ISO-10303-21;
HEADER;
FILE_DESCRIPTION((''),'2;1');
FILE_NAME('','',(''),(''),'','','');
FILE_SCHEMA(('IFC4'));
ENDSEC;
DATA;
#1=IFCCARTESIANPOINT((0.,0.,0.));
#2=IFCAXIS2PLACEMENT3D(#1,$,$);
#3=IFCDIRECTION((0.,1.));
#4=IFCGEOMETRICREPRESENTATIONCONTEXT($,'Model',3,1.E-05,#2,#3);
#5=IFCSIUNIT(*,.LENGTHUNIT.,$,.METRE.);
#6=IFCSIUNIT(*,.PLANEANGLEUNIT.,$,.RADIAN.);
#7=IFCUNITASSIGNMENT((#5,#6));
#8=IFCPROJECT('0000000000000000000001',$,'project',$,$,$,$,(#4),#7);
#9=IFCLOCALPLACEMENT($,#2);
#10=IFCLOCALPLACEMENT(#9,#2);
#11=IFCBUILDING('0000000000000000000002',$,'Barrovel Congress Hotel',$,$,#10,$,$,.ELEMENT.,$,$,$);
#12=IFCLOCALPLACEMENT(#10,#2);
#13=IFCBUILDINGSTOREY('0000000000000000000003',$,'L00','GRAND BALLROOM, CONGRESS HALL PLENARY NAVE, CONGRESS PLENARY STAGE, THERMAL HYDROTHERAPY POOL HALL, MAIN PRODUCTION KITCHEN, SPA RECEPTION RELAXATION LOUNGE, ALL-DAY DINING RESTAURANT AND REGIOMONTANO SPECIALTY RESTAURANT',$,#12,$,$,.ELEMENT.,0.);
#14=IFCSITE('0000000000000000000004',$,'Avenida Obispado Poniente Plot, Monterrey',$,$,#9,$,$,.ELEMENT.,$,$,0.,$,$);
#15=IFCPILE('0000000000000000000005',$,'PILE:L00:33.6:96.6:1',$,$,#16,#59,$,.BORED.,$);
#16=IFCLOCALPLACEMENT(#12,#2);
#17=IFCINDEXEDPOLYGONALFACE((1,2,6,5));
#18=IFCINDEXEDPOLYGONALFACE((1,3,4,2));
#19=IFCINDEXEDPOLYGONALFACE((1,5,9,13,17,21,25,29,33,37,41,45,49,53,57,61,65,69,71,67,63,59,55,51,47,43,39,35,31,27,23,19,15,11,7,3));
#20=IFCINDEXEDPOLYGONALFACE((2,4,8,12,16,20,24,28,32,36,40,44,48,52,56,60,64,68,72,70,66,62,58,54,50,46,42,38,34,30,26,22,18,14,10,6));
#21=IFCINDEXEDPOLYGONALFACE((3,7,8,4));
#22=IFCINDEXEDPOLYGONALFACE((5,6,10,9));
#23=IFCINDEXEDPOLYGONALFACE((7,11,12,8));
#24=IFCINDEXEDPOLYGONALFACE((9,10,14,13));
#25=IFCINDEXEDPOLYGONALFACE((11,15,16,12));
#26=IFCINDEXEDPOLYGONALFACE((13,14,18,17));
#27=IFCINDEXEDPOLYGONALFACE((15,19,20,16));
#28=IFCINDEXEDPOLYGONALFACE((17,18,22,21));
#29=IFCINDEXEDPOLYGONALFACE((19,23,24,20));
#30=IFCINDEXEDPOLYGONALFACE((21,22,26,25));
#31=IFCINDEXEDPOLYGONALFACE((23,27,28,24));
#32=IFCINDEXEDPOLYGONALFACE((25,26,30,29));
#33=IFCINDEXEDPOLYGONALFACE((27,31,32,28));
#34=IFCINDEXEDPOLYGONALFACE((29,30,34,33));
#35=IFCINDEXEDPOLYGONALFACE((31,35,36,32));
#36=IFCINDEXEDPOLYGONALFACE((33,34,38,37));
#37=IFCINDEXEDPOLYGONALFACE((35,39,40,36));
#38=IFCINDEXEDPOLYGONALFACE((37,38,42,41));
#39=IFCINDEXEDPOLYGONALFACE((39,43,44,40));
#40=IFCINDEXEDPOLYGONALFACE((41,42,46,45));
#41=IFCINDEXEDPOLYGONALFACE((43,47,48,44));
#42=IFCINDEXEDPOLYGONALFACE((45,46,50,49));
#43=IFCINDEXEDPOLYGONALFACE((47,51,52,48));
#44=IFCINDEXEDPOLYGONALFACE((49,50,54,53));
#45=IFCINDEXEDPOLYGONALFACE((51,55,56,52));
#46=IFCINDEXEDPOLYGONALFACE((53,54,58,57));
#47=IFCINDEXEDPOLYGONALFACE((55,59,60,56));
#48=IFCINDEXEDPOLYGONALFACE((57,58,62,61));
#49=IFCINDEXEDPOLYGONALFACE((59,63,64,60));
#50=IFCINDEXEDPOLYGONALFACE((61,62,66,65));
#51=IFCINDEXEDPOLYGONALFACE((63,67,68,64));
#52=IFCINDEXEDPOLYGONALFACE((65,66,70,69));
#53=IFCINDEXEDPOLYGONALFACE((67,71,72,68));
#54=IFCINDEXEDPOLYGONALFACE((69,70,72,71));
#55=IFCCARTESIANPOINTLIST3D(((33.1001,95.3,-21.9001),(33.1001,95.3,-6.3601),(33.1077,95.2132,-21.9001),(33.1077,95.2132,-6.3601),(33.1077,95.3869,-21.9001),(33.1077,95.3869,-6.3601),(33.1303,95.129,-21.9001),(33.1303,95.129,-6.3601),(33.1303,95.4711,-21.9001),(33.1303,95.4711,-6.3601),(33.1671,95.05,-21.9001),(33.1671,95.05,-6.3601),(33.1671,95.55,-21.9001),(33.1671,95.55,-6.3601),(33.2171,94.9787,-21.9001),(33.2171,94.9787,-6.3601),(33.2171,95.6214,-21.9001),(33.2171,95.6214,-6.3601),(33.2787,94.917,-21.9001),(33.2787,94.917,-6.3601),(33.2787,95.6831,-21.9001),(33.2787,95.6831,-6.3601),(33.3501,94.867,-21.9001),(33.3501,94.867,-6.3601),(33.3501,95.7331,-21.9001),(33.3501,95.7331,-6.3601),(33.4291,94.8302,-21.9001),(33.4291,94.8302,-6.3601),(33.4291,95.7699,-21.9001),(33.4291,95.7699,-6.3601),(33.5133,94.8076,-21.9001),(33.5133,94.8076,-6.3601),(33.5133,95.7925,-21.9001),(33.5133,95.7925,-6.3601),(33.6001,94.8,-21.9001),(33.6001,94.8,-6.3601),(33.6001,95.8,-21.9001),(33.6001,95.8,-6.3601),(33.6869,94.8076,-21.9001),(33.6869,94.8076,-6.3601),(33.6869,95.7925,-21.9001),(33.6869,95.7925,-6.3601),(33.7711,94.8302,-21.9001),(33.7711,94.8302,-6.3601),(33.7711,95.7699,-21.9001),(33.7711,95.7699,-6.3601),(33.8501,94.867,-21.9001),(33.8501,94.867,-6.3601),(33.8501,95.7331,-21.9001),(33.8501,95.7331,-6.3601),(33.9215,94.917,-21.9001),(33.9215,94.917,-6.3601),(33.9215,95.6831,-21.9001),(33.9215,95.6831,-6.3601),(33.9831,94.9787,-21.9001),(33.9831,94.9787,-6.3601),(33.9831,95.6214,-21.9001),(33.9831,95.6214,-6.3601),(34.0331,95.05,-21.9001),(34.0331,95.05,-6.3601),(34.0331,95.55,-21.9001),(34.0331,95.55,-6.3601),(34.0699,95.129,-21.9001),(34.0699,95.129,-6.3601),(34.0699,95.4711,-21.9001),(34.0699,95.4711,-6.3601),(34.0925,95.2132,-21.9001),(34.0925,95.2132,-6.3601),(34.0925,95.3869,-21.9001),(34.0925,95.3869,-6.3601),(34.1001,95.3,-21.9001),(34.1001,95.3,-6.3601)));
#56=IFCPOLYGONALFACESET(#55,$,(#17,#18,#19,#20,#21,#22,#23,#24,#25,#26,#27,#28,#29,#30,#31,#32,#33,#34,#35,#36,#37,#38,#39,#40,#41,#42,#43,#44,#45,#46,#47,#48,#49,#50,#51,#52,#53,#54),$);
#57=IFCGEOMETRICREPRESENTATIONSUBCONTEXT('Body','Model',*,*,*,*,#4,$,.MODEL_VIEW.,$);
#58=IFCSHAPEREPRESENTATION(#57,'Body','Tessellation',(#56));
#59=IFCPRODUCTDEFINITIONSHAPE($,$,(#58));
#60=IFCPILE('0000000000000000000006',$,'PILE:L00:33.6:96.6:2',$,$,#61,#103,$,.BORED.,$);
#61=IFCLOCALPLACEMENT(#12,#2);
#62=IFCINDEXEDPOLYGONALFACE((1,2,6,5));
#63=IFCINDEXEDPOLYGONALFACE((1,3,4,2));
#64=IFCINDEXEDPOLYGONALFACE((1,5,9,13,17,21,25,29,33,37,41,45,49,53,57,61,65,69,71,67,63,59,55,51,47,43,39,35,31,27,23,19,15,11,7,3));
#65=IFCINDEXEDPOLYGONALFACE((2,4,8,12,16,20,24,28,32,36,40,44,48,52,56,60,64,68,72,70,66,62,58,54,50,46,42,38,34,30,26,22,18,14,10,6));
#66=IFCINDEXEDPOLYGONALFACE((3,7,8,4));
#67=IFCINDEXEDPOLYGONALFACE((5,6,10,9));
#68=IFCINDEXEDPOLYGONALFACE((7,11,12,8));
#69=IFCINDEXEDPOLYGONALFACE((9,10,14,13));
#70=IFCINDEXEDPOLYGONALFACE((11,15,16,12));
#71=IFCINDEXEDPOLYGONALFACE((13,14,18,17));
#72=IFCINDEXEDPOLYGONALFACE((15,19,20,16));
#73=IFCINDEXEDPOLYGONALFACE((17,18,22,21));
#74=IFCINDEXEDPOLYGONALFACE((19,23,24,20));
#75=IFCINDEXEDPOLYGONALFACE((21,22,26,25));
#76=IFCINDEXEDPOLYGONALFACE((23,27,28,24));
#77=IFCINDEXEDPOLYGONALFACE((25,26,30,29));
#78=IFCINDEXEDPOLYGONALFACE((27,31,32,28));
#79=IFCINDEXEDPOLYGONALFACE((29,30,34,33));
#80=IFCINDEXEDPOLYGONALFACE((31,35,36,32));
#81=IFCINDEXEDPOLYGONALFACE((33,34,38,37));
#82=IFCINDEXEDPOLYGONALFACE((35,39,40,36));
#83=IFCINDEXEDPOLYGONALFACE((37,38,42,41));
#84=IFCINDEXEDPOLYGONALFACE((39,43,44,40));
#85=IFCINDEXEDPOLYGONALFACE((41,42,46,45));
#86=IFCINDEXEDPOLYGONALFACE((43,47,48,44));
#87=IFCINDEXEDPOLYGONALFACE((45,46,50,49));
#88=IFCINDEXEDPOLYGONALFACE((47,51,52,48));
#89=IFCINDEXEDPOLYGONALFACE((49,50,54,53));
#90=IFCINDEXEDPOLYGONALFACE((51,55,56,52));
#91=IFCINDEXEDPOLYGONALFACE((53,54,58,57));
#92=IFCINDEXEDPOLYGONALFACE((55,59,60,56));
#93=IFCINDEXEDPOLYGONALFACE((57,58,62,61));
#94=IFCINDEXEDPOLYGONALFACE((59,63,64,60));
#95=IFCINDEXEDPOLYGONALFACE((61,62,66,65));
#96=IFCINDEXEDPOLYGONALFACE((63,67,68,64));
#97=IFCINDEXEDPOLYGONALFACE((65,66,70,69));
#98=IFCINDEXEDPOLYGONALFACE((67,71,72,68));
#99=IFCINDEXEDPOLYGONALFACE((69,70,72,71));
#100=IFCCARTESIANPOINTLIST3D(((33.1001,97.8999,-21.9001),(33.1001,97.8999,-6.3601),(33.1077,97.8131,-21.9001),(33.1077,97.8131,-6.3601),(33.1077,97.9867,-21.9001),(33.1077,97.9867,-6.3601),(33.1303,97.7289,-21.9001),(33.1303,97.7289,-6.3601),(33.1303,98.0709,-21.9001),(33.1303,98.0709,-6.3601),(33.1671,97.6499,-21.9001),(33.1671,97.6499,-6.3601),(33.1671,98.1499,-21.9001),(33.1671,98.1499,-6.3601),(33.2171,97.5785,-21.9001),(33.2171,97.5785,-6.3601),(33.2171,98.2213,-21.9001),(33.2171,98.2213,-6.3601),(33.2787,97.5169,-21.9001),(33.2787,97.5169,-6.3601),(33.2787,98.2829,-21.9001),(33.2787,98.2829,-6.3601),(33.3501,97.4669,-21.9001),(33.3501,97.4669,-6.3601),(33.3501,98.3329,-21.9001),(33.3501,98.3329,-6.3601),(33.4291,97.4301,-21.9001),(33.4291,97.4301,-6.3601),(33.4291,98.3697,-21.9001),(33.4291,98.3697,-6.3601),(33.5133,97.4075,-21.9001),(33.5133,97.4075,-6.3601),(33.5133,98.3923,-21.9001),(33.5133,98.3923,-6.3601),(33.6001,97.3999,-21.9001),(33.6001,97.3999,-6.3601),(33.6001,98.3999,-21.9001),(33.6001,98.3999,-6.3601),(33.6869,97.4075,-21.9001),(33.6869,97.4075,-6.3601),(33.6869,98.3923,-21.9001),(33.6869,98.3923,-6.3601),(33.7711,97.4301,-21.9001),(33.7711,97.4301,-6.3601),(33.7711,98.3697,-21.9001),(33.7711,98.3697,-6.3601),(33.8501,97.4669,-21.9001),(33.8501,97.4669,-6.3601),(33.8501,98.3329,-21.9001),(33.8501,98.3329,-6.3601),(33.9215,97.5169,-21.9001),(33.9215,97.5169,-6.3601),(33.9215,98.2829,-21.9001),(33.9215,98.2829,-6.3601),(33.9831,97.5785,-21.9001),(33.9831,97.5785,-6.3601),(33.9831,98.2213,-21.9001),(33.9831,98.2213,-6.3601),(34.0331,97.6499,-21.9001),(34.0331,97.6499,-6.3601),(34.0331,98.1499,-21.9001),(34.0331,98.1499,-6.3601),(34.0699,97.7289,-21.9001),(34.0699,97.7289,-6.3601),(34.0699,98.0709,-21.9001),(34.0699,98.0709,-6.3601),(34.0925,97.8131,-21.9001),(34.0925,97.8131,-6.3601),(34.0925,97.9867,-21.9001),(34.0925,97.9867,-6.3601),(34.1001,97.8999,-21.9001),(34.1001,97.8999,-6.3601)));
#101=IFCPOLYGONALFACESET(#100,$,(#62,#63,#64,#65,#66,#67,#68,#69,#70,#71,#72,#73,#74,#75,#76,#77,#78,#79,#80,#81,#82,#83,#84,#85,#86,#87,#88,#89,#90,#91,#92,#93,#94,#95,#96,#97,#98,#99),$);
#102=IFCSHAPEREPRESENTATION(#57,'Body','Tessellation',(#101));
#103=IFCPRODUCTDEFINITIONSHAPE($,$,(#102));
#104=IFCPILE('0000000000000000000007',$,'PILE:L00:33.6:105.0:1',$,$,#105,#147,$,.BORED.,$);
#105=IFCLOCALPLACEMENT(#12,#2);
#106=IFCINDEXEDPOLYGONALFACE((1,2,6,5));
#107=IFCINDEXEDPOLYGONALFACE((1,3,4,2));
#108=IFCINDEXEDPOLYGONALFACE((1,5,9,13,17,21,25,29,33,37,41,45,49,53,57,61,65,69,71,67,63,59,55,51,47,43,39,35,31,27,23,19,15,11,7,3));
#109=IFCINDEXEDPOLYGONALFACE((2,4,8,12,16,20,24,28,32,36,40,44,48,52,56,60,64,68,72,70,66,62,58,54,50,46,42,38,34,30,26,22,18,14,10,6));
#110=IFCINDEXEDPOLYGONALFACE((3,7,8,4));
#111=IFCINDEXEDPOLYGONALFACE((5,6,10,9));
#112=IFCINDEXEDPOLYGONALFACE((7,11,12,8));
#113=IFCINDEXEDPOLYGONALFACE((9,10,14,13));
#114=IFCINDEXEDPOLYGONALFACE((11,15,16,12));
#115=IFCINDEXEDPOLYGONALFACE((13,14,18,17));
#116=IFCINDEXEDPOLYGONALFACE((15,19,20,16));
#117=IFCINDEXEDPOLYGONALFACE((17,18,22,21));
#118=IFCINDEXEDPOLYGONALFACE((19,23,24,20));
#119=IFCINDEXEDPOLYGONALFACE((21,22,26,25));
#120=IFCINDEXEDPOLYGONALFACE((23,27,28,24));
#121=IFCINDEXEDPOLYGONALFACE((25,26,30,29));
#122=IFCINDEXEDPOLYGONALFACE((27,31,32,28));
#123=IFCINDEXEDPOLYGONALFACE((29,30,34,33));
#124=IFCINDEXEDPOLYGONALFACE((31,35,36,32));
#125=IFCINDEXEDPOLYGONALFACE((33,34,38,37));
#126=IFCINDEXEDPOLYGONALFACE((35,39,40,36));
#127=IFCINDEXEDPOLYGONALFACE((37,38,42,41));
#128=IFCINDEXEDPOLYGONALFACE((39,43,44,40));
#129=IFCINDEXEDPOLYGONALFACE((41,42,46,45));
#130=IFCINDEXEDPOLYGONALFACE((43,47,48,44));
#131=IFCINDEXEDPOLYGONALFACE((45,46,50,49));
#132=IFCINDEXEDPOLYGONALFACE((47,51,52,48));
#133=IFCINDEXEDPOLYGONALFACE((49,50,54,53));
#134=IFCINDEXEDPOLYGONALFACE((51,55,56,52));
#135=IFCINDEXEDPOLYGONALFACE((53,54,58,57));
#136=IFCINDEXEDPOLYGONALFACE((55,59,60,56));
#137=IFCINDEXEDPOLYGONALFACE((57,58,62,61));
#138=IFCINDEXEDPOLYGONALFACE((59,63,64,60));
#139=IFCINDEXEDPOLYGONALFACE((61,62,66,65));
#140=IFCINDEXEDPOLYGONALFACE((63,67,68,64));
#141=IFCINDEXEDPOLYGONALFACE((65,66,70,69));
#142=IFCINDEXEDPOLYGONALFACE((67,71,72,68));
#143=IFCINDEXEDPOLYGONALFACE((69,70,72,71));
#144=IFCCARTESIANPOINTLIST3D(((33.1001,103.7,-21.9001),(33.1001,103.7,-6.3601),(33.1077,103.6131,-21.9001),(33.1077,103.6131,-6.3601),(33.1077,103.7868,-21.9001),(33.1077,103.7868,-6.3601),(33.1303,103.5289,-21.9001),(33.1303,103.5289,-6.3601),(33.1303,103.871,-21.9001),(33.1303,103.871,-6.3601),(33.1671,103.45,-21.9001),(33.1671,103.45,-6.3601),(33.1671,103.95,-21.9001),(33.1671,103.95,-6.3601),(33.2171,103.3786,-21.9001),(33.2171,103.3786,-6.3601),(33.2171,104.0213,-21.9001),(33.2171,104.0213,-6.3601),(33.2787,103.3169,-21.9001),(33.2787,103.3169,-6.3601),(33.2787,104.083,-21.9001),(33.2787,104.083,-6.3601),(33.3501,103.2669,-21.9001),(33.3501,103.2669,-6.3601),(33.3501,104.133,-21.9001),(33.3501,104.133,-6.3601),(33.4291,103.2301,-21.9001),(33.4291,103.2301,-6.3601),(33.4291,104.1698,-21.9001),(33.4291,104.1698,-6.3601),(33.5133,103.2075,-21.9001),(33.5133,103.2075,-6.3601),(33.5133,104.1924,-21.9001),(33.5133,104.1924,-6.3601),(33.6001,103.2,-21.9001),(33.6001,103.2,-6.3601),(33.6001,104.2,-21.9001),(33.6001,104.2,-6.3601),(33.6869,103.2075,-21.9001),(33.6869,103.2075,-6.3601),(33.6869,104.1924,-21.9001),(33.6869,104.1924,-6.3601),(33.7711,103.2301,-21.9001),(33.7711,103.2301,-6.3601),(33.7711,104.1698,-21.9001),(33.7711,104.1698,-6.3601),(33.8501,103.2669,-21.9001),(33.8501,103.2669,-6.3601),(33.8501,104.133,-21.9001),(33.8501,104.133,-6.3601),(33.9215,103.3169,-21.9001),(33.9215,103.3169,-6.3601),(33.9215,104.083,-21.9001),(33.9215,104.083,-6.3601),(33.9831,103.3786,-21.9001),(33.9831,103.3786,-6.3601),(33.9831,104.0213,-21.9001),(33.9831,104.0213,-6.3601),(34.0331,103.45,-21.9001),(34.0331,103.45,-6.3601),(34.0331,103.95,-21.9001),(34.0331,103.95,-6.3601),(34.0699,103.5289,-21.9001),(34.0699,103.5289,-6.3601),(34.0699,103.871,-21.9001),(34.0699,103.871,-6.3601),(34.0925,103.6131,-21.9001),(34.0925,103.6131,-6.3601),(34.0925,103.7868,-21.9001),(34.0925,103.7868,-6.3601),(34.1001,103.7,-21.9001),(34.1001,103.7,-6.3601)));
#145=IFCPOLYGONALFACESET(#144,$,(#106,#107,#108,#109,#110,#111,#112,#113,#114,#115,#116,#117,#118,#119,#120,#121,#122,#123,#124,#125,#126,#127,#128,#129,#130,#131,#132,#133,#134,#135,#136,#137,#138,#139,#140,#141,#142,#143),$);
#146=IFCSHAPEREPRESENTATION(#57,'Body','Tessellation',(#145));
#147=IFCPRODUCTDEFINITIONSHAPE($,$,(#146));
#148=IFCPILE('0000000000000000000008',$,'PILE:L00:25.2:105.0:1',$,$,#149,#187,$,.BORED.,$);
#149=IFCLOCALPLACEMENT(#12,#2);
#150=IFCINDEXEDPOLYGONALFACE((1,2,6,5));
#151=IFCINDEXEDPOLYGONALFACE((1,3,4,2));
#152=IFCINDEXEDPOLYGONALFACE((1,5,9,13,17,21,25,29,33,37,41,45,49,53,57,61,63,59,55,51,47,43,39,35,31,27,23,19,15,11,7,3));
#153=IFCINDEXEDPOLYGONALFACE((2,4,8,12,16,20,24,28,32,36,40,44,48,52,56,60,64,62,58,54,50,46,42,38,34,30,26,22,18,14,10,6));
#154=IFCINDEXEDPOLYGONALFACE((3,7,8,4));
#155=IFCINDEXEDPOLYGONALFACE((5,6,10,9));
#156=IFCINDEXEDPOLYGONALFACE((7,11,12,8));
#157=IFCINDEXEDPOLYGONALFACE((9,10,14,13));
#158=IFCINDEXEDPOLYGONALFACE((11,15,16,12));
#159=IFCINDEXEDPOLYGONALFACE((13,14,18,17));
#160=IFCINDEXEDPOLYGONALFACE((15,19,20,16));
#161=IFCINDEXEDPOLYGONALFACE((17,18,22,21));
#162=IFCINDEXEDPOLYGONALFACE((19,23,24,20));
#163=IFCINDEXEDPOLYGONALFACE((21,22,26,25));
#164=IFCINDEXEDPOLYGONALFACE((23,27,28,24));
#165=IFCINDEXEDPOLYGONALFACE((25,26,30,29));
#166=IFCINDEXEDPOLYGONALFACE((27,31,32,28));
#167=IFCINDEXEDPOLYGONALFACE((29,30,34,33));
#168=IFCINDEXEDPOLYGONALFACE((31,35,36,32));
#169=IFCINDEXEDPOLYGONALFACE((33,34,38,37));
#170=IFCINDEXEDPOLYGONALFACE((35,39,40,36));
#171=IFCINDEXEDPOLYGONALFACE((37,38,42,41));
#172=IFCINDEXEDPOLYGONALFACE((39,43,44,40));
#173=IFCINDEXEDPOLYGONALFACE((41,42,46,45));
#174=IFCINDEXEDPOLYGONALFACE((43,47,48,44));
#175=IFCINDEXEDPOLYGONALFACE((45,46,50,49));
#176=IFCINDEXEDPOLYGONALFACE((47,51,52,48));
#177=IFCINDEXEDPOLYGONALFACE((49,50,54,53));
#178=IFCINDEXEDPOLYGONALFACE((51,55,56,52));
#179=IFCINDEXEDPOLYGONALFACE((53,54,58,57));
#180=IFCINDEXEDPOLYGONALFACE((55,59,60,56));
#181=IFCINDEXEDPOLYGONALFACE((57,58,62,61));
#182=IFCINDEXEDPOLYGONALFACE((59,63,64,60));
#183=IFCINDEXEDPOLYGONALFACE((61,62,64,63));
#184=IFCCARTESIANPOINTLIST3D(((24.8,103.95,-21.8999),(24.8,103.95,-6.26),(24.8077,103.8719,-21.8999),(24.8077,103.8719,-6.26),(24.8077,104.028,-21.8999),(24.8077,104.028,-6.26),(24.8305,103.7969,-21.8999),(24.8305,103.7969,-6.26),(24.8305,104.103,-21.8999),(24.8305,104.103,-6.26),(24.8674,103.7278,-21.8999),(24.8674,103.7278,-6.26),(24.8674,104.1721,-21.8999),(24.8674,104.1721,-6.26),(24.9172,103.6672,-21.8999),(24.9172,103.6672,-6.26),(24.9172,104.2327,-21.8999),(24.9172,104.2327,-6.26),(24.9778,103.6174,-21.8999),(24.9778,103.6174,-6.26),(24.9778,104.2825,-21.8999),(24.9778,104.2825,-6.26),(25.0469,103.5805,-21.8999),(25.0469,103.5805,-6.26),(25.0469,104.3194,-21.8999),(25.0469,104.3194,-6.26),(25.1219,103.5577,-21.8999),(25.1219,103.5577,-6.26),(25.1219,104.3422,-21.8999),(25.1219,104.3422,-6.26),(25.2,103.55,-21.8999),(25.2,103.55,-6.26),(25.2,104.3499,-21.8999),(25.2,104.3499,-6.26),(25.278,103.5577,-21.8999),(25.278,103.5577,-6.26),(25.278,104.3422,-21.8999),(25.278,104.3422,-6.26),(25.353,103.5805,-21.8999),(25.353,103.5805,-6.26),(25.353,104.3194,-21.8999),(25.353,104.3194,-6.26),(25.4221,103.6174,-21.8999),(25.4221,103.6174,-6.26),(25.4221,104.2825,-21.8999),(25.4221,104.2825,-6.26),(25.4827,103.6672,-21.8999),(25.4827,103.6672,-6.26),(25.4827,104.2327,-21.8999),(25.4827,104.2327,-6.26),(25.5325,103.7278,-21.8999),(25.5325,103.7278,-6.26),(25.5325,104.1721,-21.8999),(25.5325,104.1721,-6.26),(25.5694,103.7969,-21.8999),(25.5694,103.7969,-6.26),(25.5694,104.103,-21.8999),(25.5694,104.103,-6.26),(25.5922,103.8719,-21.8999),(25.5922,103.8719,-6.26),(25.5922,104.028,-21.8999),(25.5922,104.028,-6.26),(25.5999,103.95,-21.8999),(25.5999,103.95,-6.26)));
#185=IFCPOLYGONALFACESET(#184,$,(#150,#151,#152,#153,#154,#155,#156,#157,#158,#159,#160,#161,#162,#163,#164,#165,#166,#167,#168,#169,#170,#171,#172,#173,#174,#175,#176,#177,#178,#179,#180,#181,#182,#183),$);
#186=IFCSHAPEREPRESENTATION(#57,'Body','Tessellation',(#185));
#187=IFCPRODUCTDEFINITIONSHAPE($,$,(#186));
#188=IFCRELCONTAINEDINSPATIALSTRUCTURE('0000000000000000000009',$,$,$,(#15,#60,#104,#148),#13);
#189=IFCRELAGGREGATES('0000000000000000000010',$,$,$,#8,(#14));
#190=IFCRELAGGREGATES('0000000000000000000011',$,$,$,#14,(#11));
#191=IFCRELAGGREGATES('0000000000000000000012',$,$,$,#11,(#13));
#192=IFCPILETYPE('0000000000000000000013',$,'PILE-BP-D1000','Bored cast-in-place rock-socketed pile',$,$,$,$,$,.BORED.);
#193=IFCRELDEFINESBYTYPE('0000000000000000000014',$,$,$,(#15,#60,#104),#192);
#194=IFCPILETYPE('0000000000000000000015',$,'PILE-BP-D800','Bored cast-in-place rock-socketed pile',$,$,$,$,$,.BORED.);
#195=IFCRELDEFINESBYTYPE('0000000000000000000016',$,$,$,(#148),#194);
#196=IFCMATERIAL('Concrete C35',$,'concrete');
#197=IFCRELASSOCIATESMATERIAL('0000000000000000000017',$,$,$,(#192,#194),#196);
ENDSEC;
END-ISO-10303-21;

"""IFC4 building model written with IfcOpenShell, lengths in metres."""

from ifc_helpers import new_model, si_unit, direction, frame, origin, origin_2d, place, context, subcontext, project, spatial, circle, extrude, material, material_profile, profile_set, type_object, element, save


model = new_model("IFC4")

# Units and contexts
model_context = context("Model", 3, precision=1e-05, world=origin(), true_north=direction((0.0, 1.0)))
body_context = subcontext(model_context, "Body", "Model", "MODEL_VIEW")
ifc_project = project(units=[si_unit("LENGTHUNIT", "METRE"), si_unit("PLANEANGLEUNIT", "RADIAN")], contexts=[model_context])

# Site, building, storey
site_placement = place(None, origin())
site = spatial("IfcSite", under=ifc_project, at=site_placement, Name="Avenida Obispado Poniente Plot, Monterrey", CompositionType="ELEMENT", RefElevation=0.0)
building_placement = place(site_placement, origin())
building = spatial("IfcBuilding", under=site, at=building_placement, Name="Barrovel Congress Hotel", CompositionType="ELEMENT")
storey_placement = place(building_placement, origin())
storey = spatial("IfcBuildingStorey", under=building, at=storey_placement, Name="L00", Description="GRAND BALLROOM, CONGRESS HALL PLENARY NAVE, CONGRESS PLENARY STAGE, THERMAL HYDROTHERAPY POOL HALL, MAIN PRODUCTION KITCHEN, SPA RECEPTION RELAXATION LOUNGE, ALL-DAY DINING RESTAURANT AND REGIOMONTANO SPECIALTY RESTAURANT", CompositionType="ELEMENT", Elevation=0.0)

# Piles
ifc_material_1 = material(Name="Concrete C35", Category="concrete")
ifc_material_profile_1 = material_profile(ifc_material_1, circle(Radius=0.5, at=origin_2d()), Name="BP-D1000")
ifc_profile_set_1 = profile_set([ifc_material_profile_1], Name="Concrete C35")
pile_type_1 = type_object("IfcPileType", Name="PILE-BP-D1000", Description="Bored cast-in-place rock-socketed pile", PredefinedType="BORED", material=ifc_profile_set_1)
for number, where, z_axis, x_axis, name in (
    (1, (33.6001, 95.3, -6.3601), (0.0, 0.0, -1.0), (1.0, 0.0, 0.0), "PILE:L00:33.6:96.6:1"),
    (2, (33.6001, 97.8999, -6.3601), (0.0, 0.0, -1.0), (1.0, 0.0, 0.0), "PILE:L00:33.6:96.6:2"),
    (3, (33.6001, 103.7, -6.3601), (0.0, 0.0, -1.0), (1.0, 0.0, 0.0), "PILE:L00:33.6:105.0:1"),
):
    element("IfcPile", number, at=place(storey_placement, frame(where, z_axis=z_axis, x_axis=x_axis)), inside=storey, type_object=pile_type_1, Name=name, PredefinedType="BORED", context=body_context, shape_type="SweptSolid", body=[
        extrude(circle(Radius=0.5, at=origin_2d()), origin(), (0.0, 0.0, 1.0), 15.54),
    ])
ifc_material_profile_2 = material_profile(ifc_material_1, circle(Radius=0.3999, at=origin_2d()), Name="BP-D800")
ifc_profile_set_2 = profile_set([ifc_material_profile_2], Name="Concrete C35")
pile_type_2 = type_object("IfcPileType", Name="PILE-BP-D800", Description="Bored cast-in-place rock-socketed pile", PredefinedType="BORED", material=ifc_profile_set_2)
for number, where, z_axis, x_axis, name in (
    (4, (25.2, 103.95, -6.26), (0.0, 0.0, -1.0), (1.0, 0.0, 0.0), "PILE:L00:25.2:105.0:1"),
):
    element("IfcPile", number, at=place(storey_placement, frame(where, z_axis=z_axis, x_axis=x_axis)), inside=storey, type_object=pile_type_2, Name=name, PredefinedType="BORED", context=body_context, shape_type="SweptSolid", body=[
        extrude(circle(Radius=0.3999, at=origin_2d()), origin(), (0.0, 0.0, 1.0), 15.6399),
    ])

save(model, "model.ifc")
